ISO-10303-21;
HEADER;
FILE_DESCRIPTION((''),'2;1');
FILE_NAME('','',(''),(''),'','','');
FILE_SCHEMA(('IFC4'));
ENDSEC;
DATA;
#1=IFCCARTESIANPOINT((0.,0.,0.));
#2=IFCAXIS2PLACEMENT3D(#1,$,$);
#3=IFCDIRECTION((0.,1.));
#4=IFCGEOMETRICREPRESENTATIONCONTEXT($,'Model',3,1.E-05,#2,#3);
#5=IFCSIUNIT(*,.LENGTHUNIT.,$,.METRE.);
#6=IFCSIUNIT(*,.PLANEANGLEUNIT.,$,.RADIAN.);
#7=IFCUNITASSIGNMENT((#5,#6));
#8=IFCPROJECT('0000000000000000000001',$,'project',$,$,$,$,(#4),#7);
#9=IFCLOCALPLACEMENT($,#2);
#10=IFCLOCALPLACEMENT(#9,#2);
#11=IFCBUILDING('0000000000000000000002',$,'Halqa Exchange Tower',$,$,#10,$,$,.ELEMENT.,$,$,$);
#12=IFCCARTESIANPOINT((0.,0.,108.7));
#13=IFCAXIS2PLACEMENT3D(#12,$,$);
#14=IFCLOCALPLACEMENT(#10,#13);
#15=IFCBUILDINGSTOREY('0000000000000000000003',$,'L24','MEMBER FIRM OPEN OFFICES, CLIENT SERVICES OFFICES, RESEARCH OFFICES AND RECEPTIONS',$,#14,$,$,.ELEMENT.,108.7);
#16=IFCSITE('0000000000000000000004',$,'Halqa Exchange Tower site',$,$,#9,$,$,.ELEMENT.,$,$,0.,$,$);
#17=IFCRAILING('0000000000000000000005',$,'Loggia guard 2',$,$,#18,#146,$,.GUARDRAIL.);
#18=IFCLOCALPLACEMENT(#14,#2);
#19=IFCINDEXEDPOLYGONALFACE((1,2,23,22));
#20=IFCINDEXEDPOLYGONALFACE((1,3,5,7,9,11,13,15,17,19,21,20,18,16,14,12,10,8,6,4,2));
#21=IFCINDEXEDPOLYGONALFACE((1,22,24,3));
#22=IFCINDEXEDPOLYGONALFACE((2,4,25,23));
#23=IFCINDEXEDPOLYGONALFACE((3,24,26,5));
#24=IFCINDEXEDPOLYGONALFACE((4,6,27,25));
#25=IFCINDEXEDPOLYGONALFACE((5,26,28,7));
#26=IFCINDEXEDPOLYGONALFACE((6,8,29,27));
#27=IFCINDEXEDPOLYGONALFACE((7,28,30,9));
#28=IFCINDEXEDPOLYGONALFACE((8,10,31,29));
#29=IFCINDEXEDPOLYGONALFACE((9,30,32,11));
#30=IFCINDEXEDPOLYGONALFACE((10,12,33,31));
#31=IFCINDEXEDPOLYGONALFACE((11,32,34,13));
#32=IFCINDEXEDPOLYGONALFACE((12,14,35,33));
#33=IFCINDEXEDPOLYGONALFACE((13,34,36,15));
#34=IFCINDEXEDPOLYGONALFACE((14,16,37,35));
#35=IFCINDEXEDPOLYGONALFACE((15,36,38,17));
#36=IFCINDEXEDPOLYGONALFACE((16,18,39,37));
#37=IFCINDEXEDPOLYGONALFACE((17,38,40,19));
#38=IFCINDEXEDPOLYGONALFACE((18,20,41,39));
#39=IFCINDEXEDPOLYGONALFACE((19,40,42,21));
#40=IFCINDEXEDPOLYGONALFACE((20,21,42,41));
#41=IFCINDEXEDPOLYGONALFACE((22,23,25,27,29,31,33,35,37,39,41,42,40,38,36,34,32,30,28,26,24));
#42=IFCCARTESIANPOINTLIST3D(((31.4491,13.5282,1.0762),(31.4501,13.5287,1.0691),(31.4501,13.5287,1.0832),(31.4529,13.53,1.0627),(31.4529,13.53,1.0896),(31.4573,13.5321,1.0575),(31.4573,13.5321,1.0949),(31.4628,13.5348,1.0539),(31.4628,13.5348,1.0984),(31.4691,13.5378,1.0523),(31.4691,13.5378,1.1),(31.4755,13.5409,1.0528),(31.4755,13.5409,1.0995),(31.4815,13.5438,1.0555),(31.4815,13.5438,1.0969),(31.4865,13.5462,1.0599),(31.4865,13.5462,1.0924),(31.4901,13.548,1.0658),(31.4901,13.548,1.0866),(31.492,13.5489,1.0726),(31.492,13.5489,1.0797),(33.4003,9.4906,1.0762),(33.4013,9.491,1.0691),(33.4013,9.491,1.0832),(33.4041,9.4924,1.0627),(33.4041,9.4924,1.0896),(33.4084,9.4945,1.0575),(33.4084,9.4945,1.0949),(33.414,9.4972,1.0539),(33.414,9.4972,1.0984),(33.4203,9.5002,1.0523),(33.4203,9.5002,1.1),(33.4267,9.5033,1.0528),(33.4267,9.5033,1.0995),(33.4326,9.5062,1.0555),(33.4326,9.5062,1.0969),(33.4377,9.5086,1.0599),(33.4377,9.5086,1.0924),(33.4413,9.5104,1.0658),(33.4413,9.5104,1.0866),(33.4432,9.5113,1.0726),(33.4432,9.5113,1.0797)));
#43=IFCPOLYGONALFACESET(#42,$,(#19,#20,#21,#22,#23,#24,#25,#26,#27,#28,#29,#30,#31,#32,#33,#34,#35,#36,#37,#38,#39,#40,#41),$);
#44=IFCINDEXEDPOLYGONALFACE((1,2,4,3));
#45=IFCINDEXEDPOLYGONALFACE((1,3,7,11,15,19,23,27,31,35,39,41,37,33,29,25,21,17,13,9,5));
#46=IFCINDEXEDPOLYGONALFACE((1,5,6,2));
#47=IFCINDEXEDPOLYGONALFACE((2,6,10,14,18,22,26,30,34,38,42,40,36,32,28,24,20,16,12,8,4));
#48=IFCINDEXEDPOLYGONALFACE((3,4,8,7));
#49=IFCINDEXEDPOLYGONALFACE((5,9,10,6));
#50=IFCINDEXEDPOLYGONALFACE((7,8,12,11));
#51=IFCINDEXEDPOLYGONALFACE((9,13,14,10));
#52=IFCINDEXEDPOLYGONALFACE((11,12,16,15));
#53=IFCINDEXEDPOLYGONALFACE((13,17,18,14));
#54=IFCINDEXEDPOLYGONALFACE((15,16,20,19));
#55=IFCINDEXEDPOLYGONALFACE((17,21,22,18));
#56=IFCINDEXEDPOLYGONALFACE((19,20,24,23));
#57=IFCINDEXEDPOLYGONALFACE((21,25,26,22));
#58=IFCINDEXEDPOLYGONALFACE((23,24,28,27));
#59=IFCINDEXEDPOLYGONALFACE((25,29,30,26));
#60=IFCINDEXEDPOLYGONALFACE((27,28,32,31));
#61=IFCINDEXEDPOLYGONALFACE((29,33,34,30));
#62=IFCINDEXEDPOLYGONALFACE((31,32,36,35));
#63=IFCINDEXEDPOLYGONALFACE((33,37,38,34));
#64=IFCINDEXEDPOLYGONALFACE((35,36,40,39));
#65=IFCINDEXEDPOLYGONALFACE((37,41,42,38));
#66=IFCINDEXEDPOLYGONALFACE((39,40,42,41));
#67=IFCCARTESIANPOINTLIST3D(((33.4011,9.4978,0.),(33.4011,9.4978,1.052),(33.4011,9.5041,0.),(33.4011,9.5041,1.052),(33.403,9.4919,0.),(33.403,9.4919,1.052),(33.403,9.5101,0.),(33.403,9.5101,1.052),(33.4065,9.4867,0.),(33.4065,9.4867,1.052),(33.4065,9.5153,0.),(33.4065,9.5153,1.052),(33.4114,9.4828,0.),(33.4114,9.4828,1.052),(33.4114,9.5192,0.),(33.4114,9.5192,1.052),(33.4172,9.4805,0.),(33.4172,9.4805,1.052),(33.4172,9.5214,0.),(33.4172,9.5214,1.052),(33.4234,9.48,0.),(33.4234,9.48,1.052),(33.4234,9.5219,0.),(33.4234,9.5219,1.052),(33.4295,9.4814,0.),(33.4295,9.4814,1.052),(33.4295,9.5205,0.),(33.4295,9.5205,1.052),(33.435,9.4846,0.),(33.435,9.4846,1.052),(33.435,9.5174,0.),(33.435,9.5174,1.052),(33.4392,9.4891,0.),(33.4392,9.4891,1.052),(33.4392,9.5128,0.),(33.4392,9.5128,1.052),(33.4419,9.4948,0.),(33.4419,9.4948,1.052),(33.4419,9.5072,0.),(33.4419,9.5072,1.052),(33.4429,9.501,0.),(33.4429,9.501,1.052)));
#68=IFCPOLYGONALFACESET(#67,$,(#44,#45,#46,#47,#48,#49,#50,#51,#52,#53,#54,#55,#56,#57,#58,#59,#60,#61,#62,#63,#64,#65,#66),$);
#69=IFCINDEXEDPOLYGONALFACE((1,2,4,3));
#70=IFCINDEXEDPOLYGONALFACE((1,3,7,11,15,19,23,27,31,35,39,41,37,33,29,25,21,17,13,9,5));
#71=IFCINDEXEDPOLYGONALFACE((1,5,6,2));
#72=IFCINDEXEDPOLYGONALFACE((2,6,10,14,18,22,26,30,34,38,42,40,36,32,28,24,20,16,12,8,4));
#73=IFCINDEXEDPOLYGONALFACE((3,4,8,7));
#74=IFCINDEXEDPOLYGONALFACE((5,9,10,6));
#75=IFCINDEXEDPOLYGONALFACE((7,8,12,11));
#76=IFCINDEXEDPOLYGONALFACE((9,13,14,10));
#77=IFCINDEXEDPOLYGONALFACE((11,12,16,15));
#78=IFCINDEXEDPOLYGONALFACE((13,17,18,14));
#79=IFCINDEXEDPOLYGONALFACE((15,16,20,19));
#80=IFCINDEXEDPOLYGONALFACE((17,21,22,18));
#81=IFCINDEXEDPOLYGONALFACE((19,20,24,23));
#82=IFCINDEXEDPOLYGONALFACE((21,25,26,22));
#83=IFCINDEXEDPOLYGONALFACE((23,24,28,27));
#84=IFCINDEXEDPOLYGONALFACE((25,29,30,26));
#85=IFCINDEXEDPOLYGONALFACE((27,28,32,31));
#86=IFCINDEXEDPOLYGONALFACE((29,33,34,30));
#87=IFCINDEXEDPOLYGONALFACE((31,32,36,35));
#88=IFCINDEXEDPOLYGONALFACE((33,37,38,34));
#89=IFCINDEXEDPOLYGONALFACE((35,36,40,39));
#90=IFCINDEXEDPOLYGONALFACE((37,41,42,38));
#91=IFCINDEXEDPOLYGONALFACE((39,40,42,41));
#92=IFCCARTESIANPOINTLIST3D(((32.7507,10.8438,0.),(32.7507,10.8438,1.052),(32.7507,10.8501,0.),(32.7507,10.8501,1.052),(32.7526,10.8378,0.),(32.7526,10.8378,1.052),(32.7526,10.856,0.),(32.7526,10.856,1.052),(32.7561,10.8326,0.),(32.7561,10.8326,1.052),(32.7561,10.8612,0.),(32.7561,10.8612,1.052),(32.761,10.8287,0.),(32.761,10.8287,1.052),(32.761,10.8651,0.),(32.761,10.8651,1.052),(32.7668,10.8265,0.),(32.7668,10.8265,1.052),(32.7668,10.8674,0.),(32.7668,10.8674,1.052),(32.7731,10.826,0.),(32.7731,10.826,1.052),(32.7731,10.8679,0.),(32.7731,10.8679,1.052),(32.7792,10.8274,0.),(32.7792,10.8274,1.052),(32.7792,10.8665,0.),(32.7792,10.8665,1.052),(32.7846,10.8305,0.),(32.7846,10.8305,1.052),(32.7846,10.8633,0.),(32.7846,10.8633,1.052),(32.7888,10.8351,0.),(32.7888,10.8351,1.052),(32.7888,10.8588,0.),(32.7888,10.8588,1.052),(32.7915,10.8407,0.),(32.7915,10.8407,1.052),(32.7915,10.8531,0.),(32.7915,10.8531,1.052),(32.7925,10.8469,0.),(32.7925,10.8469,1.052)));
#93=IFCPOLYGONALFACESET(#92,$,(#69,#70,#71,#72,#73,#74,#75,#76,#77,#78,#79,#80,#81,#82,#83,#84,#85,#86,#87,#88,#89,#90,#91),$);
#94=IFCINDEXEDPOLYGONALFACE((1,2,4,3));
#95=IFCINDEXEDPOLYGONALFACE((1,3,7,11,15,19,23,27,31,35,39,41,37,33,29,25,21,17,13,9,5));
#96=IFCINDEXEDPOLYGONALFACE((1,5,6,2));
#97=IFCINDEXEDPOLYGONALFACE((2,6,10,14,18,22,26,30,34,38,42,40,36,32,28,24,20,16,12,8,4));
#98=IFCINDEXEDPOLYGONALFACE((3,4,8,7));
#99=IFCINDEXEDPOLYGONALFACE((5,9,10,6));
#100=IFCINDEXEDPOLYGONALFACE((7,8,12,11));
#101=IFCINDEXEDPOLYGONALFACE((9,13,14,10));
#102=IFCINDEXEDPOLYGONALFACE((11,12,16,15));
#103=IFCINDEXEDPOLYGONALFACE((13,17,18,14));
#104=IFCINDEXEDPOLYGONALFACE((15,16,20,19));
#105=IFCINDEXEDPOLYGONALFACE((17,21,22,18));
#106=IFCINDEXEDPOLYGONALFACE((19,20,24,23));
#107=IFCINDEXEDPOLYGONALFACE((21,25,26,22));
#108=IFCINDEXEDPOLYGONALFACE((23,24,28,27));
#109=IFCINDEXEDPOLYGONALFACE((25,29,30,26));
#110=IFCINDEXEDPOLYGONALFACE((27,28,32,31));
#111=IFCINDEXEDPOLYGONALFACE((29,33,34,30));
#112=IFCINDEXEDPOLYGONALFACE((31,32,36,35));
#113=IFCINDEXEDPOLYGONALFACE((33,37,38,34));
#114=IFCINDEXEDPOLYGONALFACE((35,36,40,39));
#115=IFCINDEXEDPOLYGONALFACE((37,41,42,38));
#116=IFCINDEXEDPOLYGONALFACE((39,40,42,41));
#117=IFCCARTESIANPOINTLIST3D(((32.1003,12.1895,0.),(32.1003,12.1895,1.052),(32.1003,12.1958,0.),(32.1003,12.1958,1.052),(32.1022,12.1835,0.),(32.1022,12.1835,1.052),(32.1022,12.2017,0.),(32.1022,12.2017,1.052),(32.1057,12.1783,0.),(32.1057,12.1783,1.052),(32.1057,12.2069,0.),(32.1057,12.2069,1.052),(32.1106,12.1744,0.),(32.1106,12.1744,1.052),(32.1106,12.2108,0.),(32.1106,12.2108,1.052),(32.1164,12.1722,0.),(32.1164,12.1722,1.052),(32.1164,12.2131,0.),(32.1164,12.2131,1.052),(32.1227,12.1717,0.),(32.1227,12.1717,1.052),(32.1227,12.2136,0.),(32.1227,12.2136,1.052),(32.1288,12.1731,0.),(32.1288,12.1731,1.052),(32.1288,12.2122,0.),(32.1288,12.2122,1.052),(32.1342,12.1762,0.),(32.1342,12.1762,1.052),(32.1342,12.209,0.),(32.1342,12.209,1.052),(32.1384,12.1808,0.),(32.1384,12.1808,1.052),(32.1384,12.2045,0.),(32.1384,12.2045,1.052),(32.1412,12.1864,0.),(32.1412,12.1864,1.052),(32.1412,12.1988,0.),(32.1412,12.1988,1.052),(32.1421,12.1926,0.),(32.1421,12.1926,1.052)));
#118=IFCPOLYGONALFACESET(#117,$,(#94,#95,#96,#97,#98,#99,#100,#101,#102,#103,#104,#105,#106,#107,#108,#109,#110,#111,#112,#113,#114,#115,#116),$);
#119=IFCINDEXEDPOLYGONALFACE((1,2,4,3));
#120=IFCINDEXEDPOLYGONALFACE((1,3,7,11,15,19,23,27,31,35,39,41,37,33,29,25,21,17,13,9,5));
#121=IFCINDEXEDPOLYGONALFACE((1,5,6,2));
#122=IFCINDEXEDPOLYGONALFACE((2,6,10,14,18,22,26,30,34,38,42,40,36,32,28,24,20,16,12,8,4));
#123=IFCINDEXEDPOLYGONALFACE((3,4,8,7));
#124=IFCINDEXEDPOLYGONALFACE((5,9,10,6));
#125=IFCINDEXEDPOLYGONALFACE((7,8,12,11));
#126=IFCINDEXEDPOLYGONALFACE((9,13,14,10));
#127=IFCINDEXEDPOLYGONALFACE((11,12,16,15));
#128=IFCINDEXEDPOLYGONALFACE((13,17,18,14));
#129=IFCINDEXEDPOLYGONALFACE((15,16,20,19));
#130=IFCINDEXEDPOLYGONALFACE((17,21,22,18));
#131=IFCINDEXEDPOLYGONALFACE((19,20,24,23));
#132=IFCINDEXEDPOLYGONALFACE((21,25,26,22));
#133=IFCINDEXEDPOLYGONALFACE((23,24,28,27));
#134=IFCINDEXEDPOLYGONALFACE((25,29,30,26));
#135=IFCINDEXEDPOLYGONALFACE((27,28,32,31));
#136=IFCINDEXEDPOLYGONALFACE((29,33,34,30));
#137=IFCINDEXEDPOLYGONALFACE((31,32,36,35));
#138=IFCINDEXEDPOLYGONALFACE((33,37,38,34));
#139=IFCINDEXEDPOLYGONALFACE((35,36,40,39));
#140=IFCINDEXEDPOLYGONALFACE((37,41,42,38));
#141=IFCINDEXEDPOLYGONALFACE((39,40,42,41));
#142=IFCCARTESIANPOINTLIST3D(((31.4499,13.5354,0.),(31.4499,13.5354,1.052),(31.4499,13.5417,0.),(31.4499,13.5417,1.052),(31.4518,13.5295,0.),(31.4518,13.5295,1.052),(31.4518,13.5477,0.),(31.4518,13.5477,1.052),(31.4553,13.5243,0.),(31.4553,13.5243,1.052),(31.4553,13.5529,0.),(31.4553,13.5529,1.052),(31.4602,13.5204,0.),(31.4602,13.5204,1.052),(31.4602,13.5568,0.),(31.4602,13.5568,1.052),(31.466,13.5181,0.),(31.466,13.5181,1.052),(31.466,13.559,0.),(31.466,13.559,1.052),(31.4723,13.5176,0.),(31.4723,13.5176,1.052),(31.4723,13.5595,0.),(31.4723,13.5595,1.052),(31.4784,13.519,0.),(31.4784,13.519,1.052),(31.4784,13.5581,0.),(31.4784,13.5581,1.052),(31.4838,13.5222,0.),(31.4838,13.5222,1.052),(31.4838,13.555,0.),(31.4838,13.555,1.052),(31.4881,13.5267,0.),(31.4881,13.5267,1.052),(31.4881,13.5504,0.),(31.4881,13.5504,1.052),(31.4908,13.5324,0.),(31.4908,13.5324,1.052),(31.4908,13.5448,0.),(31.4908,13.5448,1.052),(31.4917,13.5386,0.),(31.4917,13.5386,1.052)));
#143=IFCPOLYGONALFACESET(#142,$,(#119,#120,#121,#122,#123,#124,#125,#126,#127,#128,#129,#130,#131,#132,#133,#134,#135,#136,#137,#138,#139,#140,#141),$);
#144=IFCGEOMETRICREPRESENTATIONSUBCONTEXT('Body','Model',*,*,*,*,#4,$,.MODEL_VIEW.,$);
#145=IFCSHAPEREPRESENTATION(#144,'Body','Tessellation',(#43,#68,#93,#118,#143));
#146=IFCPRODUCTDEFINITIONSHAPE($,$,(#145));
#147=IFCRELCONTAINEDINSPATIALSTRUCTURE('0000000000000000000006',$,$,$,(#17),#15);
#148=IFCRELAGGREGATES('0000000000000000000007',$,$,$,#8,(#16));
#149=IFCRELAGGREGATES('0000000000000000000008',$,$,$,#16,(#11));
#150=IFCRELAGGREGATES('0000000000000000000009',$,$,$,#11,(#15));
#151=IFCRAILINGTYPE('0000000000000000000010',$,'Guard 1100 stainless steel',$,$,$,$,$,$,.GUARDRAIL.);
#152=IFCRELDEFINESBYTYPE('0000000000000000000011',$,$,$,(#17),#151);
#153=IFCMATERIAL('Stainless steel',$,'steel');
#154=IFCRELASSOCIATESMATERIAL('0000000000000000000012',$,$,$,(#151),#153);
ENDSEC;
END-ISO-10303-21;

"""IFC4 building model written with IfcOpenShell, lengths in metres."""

from ifc_helpers import new_model, si_unit, direction, frame, origin, origin_2d, place, context, subcontext, project, spatial, circle, extrude, material, type_object, element, save


model = new_model("IFC4")

# Units and contexts
model_context = context("Model", 3, precision=1e-05, world=origin(), true_north=direction((0.0, 1.0)))
body_context = subcontext(model_context, "Body", "Model", "MODEL_VIEW")
ifc_project = project(units=[si_unit("LENGTHUNIT", "METRE"), si_unit("PLANEANGLEUNIT", "RADIAN")], contexts=[model_context])

# Site, building, storey
site_placement = place(None, origin())
site = spatial("IfcSite", under=ifc_project, at=site_placement, Name="Halqa Exchange Tower site", CompositionType="ELEMENT", RefElevation=0.0)
building_placement = place(site_placement, origin())
building = spatial("IfcBuilding", under=site, at=building_placement, Name="Halqa Exchange Tower", CompositionType="ELEMENT")
storey_placement = place(building_placement, frame((0.0, 0.0, 108.7)))
storey = spatial("IfcBuildingStorey", under=building, at=storey_placement, Name="L24", Description="MEMBER FIRM OPEN OFFICES, CLIENT SERVICES OFFICES, RESEARCH OFFICES AND RECEPTIONS", CompositionType="ELEMENT", Elevation=108.7)

# Railing
ifc_material_1 = material(Name="Stainless steel", Category="steel")
railing_type = type_object("IfcRailingType", Name="Guard 1100 stainless steel", PredefinedType="GUARDRAIL", material=ifc_material_1)
railing_1_placement = place(storey_placement, frame((33.4219, 9.501, 0.0)))
element("IfcRailing", 1, at=railing_1_placement, inside=storey, type_object=railing_type, Name="Loggia guard 2", PredefinedType="GUARDRAIL", context=body_context, shape_type="SweptSolid", body=[
    extrude(circle(Radius=0.0239, at=origin_2d()), frame((0.0, 0.0, 1.0762), z_axis=(-0.435108, 0.900378, 0.0), x_axis=(-0.900378, -0.435108, 0.0)), (0.0, 0.0, 1.0), 4.4844),
    extrude(circle(Radius=0.021, at=origin_2d()), origin(), (0.0, 0.0, 1.0), 1.052),
    extrude(circle(Radius=0.021, at=origin_2d()), frame((-0.6504, 1.3459, 0.0)), (0.0, 0.0, 1.0), 1.052),
    extrude(circle(Radius=0.021, at=origin_2d()), frame((-1.3008, 2.6917, 0.0)), (0.0, 0.0, 1.0), 1.052),
    extrude(circle(Radius=0.021, at=origin_2d()), frame((-1.9512, 4.0376, 0.0)), (0.0, 0.0, 1.0), 1.052),
])

save(model, "model.ifc")
